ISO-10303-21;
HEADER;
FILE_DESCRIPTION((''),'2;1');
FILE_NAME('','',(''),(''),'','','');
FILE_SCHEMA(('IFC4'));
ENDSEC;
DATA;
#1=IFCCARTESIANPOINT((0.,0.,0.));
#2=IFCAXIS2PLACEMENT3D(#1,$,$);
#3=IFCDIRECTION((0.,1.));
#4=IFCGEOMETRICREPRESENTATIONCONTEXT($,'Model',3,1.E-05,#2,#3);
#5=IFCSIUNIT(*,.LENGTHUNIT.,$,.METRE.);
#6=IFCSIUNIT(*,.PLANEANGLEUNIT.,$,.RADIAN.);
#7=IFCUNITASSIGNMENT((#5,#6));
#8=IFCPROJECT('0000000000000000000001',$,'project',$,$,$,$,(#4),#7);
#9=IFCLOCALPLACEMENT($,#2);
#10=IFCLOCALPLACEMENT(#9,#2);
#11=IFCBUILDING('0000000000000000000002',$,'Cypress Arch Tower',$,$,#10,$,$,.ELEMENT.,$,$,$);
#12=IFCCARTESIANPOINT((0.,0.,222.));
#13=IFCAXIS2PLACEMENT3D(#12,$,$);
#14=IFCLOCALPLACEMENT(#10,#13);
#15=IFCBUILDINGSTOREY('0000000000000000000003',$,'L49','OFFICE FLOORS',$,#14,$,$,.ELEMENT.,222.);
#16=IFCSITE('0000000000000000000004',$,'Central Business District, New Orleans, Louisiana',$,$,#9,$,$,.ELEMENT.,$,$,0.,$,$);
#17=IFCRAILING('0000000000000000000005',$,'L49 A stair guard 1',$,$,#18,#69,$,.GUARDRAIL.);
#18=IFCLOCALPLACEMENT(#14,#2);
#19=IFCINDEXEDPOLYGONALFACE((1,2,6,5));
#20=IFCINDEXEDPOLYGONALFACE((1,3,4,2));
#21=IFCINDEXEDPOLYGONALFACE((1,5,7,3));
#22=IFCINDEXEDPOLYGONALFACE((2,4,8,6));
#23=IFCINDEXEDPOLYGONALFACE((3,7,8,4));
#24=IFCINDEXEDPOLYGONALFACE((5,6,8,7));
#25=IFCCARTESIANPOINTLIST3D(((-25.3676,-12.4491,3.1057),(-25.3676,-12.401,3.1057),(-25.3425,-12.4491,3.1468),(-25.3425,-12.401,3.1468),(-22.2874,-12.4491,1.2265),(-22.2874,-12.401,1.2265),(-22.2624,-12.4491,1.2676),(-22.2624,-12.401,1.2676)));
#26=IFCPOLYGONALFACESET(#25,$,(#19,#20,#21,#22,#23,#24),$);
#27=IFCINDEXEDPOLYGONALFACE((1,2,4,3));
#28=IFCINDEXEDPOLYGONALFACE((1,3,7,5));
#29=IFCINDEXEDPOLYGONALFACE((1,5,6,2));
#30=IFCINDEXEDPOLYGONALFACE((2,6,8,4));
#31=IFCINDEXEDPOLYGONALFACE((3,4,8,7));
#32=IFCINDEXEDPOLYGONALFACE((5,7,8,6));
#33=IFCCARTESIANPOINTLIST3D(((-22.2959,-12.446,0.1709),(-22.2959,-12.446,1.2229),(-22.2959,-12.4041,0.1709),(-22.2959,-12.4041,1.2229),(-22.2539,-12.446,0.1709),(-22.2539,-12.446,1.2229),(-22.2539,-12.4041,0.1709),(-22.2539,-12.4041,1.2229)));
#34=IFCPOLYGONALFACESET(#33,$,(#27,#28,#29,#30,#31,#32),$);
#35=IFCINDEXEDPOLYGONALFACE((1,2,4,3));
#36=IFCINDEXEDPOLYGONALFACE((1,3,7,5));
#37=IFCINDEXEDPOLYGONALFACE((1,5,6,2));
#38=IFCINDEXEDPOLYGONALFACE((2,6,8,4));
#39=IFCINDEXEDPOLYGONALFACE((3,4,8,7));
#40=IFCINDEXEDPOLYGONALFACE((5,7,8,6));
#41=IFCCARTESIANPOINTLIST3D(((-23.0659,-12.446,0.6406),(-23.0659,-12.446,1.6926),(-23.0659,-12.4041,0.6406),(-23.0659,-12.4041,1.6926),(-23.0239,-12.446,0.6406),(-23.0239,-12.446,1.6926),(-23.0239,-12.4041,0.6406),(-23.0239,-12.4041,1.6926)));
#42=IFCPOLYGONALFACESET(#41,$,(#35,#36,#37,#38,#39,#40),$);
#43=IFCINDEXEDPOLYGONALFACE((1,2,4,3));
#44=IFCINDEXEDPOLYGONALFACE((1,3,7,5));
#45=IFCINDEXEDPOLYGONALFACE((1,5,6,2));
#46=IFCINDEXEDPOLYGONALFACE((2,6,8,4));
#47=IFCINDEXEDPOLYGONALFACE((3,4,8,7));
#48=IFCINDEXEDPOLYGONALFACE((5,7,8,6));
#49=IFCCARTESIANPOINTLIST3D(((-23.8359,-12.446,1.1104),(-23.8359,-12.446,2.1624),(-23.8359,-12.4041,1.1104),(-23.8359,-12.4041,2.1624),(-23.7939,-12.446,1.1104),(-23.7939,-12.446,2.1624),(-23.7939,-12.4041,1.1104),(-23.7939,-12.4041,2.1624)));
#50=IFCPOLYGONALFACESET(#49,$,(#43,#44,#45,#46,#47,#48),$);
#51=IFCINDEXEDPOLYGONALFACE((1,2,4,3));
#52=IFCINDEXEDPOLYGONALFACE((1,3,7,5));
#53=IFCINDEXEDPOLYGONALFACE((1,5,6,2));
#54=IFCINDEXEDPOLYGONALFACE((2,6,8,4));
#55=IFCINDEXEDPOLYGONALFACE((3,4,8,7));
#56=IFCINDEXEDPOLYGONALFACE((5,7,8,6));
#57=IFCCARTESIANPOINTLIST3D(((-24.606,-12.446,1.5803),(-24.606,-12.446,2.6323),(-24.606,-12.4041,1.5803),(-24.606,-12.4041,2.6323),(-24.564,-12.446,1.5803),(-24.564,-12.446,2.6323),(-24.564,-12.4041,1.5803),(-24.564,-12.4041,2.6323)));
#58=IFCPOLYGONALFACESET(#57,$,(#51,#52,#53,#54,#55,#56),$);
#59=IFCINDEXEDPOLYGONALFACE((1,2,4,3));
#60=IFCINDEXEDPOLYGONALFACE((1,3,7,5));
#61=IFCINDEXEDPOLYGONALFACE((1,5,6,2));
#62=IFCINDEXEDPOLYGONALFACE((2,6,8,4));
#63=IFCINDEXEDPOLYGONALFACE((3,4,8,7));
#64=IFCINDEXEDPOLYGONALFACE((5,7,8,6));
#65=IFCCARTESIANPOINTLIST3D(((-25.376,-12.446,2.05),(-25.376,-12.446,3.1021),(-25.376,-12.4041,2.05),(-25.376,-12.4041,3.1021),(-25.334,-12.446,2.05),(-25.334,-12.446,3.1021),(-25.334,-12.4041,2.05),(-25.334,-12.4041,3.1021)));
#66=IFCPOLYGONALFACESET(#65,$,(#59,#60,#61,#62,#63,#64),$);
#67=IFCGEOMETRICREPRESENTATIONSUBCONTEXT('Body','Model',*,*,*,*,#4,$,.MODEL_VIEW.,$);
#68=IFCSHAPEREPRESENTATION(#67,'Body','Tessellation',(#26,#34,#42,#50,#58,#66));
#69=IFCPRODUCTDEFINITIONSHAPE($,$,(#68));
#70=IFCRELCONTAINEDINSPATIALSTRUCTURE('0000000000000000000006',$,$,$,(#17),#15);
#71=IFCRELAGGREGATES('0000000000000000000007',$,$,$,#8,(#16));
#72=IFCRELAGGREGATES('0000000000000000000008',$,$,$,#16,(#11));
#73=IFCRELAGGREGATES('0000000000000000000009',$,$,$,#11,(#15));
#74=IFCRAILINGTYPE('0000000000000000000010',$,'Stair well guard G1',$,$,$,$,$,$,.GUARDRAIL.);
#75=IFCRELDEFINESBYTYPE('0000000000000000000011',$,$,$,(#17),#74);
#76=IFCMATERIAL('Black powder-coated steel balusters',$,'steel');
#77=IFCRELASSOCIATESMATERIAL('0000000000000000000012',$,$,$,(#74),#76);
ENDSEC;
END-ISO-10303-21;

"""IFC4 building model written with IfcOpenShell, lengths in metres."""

from ifc_helpers import new_model, si_unit, direction, frame, origin, origin_2d, place, context, subcontext, project, spatial, rectangle, extrude, material, type_object, element, save


model = new_model("IFC4")

# Units and contexts
model_context = context("Model", 3, precision=1e-05, world=origin(), true_north=direction((0.0, 1.0)))
body_context = subcontext(model_context, "Body", "Model", "MODEL_VIEW")
ifc_project = project(units=[si_unit("LENGTHUNIT", "METRE"), si_unit("PLANEANGLEUNIT", "RADIAN")], contexts=[model_context])

# Site, building, storey
site_placement = place(None, origin())
site = spatial("IfcSite", under=ifc_project, at=site_placement, Name="Central Business District, New Orleans, Louisiana", CompositionType="ELEMENT", RefElevation=0.0)
building_placement = place(site_placement, origin())
building = spatial("IfcBuilding", under=site, at=building_placement, Name="Cypress Arch Tower", CompositionType="ELEMENT")
storey_placement = place(building_placement, frame((0.0, 0.0, 222.0)))
storey = spatial("IfcBuildingStorey", under=building, at=storey_placement, Name="L49", Description="OFFICE FLOORS", CompositionType="ELEMENT", Elevation=222.0)

# Railing
ifc_material_1 = material(Name="Black powder-coated steel balusters", Category="steel")
railing_type_1 = type_object("IfcRailingType", Name="Stair well guard G1", PredefinedType="GUARDRAIL", material=ifc_material_1)
railing_1_placement = place(storey_placement, frame((-22.2749, -12.425, 0.1709)))
element("IfcRailing", 1, at=railing_1_placement, inside=storey, type_object=railing_type_1, Name="L49 A stair guard 1", PredefinedType="GUARDRAIL", context=body_context, shape_type="SweptSolid", body=[
    extrude(rectangle(XDim=0.0481, YDim=0.0481, at=origin_2d()), frame((0.0, 0.0, 1.0762), z_axis=(-0.853666, 0.0, 0.52082), x_axis=(0.0, -1.0, 0.0)), (0.0, 0.0, 1.0), 3.6082),
    extrude(rectangle(XDim=0.042, YDim=0.042, at=origin_2d()), origin(), (0.0, 0.0, 1.0), 1.052),
    extrude(rectangle(XDim=0.042, YDim=0.042, at=origin_2d()), frame((-0.77, 0.0, 0.4697)), (0.0, 0.0, 1.0), 1.052),
    extrude(rectangle(XDim=0.042, YDim=0.042, at=origin_2d()), frame((-1.54, 0.0, 0.9395)), (0.0, 0.0, 1.0), 1.052),
    extrude(rectangle(XDim=0.042, YDim=0.042, at=origin_2d()), frame((-2.3101, 0.0, 1.4094)), (0.0, 0.0, 1.0), 1.052),
    extrude(rectangle(XDim=0.042, YDim=0.042, at=origin_2d()), frame((-3.0801, 0.0, 1.8792)), (0.0, 0.0, 1.0), 1.052),
])

save(model, "model.ifc")
